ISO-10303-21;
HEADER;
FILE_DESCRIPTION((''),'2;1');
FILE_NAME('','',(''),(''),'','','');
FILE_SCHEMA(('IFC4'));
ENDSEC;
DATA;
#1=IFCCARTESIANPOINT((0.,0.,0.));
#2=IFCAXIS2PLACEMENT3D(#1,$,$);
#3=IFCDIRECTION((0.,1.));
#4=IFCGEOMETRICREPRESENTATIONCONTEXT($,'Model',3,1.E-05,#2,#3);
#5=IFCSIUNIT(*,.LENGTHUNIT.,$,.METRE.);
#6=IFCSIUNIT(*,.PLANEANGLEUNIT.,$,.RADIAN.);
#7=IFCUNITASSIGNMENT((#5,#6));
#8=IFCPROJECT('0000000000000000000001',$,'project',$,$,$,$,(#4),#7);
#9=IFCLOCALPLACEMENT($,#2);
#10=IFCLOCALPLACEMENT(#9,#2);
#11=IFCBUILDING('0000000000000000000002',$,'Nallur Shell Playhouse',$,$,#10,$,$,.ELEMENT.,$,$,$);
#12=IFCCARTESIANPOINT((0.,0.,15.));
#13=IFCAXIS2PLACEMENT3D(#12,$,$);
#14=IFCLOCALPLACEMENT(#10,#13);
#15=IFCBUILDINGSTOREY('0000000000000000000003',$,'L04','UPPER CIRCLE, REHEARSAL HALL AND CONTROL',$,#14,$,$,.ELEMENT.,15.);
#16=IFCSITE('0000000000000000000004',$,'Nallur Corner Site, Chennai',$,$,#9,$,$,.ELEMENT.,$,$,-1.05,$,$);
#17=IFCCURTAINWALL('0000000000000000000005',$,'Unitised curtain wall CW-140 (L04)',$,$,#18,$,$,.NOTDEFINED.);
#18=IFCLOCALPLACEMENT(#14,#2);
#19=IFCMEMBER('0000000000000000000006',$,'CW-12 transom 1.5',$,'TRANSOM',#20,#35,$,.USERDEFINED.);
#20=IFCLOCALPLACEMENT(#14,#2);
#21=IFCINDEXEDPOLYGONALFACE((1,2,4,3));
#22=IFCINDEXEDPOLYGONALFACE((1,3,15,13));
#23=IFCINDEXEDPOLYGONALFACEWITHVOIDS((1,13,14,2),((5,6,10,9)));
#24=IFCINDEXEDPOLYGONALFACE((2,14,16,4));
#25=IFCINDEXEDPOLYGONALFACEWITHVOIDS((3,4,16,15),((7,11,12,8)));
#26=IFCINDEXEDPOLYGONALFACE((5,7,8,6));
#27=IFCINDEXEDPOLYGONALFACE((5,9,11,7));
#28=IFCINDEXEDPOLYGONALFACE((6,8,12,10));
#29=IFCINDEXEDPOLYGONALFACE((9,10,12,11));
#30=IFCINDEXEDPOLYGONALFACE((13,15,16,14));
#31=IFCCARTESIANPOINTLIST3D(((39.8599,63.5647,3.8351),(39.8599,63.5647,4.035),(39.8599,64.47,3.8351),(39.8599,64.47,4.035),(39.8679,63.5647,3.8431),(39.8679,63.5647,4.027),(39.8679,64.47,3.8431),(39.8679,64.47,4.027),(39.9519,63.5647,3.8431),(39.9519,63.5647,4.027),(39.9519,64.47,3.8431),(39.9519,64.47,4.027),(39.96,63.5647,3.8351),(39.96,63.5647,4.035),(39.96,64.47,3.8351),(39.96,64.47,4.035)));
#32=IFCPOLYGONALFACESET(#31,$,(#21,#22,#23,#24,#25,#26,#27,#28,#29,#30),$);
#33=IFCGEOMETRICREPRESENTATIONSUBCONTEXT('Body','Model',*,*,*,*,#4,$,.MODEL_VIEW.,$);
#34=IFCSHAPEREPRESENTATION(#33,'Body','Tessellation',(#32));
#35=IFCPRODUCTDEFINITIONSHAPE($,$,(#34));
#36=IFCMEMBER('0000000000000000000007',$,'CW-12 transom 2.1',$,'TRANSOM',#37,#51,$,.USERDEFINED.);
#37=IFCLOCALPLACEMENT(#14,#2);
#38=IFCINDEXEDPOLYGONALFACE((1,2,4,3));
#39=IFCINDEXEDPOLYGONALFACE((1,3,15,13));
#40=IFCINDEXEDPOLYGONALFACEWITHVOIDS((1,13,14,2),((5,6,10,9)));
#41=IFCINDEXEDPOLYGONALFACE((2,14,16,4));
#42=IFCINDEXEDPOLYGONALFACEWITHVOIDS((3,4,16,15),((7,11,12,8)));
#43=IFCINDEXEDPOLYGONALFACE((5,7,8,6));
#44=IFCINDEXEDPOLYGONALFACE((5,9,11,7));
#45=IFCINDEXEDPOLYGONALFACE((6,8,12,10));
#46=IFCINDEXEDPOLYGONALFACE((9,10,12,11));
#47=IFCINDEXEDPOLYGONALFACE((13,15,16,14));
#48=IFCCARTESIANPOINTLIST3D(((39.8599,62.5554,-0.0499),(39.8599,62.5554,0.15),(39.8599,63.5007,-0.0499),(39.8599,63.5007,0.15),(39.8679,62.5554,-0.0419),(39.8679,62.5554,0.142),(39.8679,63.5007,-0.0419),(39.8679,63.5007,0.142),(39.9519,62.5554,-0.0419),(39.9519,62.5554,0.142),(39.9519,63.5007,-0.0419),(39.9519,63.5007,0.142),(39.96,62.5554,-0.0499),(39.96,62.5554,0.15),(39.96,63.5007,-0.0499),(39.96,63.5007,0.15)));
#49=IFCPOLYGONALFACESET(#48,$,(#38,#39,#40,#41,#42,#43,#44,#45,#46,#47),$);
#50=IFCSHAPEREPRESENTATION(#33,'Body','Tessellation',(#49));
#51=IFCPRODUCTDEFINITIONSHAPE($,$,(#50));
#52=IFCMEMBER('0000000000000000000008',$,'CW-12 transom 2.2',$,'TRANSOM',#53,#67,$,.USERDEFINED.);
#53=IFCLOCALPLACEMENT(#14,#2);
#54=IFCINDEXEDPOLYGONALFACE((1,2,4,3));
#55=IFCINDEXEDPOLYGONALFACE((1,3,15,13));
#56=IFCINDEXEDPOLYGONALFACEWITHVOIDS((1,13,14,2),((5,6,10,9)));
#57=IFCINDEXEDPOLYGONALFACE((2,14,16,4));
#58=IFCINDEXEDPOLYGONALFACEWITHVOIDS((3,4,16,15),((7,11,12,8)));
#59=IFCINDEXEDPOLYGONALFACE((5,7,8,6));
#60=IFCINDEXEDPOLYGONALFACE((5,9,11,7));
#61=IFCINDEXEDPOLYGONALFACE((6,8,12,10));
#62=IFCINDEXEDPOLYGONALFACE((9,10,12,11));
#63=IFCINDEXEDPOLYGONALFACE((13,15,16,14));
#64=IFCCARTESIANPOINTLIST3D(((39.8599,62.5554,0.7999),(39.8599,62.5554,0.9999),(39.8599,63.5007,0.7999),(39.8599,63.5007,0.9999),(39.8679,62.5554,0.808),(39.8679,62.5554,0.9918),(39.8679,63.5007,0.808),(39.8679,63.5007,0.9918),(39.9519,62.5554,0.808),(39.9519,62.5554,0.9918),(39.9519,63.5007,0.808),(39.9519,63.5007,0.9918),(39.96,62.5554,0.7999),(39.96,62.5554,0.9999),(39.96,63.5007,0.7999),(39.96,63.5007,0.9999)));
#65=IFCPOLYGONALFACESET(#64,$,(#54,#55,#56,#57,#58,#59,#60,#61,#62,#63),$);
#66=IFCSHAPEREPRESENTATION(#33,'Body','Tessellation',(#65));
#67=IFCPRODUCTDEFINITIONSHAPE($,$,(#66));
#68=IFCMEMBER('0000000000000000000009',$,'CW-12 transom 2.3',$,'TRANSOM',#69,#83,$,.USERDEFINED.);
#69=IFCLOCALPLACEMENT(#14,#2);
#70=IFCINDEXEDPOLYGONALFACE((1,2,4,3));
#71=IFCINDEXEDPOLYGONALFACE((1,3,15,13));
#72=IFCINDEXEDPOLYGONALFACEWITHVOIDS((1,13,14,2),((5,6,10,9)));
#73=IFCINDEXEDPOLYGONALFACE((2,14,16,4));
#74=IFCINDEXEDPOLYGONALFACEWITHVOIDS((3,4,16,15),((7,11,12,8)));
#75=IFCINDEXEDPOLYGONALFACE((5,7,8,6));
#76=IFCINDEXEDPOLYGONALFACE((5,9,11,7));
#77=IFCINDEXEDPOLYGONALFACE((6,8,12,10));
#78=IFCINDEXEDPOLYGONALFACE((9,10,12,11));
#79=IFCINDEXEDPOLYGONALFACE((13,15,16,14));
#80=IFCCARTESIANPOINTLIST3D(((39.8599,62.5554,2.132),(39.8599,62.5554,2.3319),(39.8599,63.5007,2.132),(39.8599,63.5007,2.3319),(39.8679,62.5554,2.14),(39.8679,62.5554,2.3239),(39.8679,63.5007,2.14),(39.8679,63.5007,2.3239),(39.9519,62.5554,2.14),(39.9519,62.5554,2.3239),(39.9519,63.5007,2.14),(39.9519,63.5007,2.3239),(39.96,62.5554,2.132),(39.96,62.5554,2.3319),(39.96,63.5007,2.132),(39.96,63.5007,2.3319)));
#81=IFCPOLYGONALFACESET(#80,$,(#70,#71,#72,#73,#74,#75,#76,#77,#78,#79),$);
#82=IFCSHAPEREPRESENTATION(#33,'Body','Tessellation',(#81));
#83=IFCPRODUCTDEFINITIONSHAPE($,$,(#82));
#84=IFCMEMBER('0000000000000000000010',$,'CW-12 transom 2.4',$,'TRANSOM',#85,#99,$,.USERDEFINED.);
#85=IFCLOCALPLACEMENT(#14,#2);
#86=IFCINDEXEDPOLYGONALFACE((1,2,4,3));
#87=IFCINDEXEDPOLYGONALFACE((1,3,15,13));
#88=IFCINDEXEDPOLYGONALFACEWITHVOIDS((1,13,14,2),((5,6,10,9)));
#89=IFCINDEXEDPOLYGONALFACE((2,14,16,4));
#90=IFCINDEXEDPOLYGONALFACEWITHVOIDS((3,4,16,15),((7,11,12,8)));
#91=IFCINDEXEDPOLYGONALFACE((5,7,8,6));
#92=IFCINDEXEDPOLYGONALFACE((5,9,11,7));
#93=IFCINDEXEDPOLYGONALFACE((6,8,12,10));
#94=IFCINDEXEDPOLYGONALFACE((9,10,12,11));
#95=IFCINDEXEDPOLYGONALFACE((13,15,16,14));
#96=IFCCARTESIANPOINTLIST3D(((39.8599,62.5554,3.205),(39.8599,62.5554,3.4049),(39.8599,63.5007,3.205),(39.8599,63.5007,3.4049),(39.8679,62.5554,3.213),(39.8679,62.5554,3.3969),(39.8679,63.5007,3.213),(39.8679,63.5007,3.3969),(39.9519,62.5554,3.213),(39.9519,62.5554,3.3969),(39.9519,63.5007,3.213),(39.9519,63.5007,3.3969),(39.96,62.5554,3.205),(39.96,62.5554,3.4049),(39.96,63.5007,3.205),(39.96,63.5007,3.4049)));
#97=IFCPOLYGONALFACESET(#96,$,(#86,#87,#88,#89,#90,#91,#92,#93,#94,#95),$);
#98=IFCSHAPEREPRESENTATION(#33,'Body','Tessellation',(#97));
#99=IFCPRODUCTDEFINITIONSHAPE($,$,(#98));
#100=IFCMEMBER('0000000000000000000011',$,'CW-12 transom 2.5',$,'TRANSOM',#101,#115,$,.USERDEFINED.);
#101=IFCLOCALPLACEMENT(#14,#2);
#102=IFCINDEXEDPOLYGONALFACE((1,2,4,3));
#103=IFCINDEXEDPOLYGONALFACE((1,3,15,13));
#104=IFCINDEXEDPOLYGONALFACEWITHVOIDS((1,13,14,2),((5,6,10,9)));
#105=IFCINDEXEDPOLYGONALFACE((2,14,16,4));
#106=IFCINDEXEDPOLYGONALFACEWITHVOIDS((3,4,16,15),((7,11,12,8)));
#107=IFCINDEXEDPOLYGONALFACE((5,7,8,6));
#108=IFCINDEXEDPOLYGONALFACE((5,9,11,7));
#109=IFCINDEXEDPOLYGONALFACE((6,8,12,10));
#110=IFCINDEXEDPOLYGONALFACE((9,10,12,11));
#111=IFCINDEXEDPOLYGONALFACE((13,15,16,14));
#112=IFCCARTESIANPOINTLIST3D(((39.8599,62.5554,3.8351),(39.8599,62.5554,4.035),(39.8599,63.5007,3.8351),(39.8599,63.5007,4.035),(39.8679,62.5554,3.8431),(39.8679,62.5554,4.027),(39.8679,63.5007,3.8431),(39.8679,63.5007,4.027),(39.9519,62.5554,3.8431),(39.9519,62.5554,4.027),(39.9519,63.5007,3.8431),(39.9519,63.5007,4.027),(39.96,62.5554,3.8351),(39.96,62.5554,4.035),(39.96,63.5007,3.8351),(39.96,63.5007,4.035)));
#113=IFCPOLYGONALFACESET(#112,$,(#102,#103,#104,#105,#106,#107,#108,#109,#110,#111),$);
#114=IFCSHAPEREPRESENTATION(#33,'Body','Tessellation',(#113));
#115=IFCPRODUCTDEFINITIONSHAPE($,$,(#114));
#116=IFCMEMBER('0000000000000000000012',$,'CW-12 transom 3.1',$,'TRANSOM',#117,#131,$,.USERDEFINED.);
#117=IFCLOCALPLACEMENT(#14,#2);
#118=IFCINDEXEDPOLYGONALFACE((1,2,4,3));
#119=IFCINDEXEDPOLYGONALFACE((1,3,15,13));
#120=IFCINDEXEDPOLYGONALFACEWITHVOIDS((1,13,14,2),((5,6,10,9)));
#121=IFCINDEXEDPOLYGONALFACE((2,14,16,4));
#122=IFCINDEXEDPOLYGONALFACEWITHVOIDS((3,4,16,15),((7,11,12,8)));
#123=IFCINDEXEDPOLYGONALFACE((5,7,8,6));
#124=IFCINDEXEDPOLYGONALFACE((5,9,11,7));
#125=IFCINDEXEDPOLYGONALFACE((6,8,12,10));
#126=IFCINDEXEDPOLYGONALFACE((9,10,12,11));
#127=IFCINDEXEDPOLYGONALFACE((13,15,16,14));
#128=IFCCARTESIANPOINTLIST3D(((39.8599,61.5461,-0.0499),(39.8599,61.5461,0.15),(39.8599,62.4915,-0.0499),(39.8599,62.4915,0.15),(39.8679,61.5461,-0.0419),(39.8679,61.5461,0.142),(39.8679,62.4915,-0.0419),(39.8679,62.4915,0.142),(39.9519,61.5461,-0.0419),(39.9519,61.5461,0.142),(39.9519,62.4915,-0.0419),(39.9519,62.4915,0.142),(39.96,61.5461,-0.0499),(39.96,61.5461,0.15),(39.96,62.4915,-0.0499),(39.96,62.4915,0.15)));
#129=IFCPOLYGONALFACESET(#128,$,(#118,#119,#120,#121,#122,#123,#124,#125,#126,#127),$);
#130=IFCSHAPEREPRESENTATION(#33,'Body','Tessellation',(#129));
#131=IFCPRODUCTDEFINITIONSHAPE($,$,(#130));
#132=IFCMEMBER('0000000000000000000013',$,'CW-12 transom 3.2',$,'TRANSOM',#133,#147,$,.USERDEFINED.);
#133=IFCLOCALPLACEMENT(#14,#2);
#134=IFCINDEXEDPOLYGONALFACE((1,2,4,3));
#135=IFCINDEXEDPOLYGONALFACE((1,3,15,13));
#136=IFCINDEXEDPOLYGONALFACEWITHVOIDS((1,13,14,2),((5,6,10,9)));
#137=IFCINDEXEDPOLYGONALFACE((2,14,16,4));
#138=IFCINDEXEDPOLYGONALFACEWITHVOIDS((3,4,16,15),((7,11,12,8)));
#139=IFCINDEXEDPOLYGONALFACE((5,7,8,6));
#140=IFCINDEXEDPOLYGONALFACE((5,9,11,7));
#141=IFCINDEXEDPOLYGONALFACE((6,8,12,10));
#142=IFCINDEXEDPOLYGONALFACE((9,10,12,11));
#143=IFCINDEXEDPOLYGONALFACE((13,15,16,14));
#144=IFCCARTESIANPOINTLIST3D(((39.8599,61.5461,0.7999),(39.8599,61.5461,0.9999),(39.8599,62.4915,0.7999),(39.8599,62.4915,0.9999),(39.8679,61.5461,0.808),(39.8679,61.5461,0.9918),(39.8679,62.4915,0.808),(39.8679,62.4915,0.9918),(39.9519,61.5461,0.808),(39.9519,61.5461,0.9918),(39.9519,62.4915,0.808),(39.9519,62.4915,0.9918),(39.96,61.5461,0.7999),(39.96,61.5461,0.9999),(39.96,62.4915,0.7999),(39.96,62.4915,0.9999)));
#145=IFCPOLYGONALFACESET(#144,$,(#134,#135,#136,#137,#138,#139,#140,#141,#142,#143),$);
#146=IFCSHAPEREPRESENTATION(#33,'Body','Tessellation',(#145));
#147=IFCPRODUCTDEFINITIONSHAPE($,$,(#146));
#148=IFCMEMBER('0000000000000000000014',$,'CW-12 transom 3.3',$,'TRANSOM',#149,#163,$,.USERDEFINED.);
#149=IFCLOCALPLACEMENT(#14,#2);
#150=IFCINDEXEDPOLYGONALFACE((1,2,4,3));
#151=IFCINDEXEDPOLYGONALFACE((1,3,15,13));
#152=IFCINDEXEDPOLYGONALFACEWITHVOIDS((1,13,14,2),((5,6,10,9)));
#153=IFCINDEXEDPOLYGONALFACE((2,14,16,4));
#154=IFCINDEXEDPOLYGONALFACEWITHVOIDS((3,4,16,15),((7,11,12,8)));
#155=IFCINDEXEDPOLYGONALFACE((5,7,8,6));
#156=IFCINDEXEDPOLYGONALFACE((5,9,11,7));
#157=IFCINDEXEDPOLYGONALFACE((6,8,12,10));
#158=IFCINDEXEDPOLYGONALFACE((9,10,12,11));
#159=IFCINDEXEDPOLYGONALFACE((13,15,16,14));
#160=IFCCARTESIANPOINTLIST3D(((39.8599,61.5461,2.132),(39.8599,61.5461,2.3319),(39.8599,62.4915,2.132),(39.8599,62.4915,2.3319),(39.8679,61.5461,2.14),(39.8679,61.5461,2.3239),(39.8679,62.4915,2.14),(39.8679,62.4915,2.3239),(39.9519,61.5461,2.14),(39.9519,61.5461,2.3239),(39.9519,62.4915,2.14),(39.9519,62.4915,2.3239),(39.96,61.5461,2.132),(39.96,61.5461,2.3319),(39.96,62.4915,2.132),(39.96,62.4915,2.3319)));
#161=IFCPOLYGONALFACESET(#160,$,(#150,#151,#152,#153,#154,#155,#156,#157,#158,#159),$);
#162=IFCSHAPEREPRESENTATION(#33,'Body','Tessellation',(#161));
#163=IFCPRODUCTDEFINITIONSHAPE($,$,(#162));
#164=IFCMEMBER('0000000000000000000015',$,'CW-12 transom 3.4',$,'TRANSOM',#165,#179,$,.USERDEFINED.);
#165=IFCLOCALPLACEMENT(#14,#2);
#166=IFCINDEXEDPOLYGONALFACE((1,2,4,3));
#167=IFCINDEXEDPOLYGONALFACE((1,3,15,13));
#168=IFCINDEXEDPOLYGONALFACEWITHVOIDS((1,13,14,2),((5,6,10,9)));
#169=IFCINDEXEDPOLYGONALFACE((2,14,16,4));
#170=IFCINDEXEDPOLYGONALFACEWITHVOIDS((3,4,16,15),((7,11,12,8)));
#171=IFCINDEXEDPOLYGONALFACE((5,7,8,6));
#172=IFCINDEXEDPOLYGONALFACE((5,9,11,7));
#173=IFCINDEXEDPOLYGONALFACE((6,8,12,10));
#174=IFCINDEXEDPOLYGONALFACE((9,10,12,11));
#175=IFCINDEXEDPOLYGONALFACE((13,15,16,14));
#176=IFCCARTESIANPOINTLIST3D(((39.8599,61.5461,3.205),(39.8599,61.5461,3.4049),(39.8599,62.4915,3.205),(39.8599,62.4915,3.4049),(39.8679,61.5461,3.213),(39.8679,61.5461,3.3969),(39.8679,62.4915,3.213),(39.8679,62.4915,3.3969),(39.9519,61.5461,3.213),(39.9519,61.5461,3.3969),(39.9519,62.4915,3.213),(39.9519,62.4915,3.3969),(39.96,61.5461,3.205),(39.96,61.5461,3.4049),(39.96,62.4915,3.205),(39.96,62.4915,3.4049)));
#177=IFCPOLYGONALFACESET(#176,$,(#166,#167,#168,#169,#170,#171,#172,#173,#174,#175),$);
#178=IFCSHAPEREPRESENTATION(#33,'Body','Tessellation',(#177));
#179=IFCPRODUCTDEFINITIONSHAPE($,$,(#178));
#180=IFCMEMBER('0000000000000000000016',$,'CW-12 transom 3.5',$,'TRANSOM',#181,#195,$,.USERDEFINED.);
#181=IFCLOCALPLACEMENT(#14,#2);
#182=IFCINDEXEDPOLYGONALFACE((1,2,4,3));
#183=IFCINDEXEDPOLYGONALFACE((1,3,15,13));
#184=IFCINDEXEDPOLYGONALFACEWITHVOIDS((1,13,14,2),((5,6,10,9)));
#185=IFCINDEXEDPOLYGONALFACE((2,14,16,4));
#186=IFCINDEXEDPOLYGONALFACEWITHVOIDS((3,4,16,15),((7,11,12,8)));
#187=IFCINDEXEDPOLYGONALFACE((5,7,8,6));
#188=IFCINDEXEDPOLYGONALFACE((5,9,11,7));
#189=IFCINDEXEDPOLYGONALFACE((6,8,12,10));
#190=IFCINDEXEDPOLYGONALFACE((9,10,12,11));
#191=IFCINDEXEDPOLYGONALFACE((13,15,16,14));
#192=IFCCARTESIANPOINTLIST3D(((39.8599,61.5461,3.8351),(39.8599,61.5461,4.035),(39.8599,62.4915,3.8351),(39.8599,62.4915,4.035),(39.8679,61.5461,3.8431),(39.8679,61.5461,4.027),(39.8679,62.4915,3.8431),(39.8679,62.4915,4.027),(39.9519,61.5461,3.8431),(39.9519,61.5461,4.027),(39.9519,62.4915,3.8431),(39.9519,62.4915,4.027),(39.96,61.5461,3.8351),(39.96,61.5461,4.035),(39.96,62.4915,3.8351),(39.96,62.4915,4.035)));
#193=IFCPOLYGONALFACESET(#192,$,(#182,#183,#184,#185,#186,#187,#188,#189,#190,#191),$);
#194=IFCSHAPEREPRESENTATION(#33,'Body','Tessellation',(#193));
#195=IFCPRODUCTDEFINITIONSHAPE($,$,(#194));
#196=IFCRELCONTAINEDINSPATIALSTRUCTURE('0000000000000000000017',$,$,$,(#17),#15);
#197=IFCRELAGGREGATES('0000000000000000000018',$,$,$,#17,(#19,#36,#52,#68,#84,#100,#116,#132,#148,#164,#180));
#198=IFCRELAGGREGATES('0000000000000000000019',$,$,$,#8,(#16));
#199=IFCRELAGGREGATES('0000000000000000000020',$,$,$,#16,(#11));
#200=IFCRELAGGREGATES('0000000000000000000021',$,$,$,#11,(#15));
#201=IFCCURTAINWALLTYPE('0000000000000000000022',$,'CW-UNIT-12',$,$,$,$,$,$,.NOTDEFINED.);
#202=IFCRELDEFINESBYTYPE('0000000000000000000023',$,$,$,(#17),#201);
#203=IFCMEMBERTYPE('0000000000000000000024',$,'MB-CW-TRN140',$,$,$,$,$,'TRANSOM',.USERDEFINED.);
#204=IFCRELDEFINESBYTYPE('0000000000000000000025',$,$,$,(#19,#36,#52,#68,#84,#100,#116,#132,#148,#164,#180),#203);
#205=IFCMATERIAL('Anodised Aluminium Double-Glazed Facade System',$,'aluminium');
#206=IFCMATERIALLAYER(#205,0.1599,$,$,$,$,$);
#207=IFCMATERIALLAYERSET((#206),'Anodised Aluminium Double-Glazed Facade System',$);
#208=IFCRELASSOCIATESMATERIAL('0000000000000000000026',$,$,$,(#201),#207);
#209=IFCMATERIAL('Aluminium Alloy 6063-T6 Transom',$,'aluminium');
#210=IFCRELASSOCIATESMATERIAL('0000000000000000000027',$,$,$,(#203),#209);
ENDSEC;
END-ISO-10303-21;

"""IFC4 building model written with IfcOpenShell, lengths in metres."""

from ifc_helpers import new_model, si_unit, direction, frame, origin, origin_2d, place, context, subcontext, project, spatial, hollow_rectangle, extrude, material, layer, layer_set, material_profile, profile_set, type_object, element, aggregate, save


model = new_model("IFC4")

# Units and contexts
model_context = context("Model", 3, precision=1e-05, world=origin(), true_north=direction((0.0, 1.0)))
body_context = subcontext(model_context, "Body", "Model", "MODEL_VIEW")
ifc_project = project(units=[si_unit("LENGTHUNIT", "METRE"), si_unit("PLANEANGLEUNIT", "RADIAN")], contexts=[model_context])

# Site, building, storey
site_placement = place(None, origin())
site = spatial("IfcSite", under=ifc_project, at=site_placement, Name="Nallur Corner Site, Chennai", CompositionType="ELEMENT", RefElevation=-1.05)
building_placement = place(site_placement, origin())
building = spatial("IfcBuilding", under=site, at=building_placement, Name="Nallur Shell Playhouse", CompositionType="ELEMENT")
storey_placement = place(building_placement, frame((0.0, 0.0, 15.0)))
storey = spatial("IfcBuildingStorey", under=building, at=storey_placement, Name="L04", Description="UPPER CIRCLE, REHEARSAL HALL AND CONTROL", CompositionType="ELEMENT", Elevation=15.0)

# Curtain wall
ifc_material_1 = material(Name="Anodised Aluminium Double-Glazed Facade System", Category="aluminium")
ifc_layer_1 = layer(ifc_material_1, 0.1599)
ifc_layer_set_1 = layer_set([ifc_layer_1], Name="Anodised Aluminium Double-Glazed Facade System")
curtain_wall_type_1 = type_object("IfcCurtainWallType", Name="CW-UNIT-12", PredefinedType="NOTDEFINED", material=ifc_layer_set_1)
curtain_wall_1_placement = place(storey_placement, origin())
curtain_wall_1 = element("IfcCurtainWall", 1, at=curtain_wall_1_placement, inside=storey, type_object=curtain_wall_type_1, Name="Unitised curtain wall CW-140 (L04)", PredefinedType="NOTDEFINED")

# Members
ifc_material_2 = material(Name="Aluminium Alloy 6063-T6 Transom", Category="aluminium")
ifc_material_profile_1 = material_profile(ifc_material_2, hollow_rectangle(XDim=0.1001, YDim=0.2, WallThickness=0.0081, at=origin_2d()), Name="RHS 200x100x8")
ifc_profile_set_1 = profile_set([ifc_material_profile_1], Name="Aluminium Alloy 6063-T6 Transom")
member_type_1 = type_object("IfcMemberType", Name="MB-CW-TRN140", ElementType="TRANSOM", PredefinedType="USERDEFINED", material=ifc_profile_set_1)
member_1_placement = place(storey_placement, frame((39.9099, 64.47, 3.9351), z_axis=(0.0, -1.0, 0.0), x_axis=(1.0, 0.0, 0.0)))
member_1 = element("IfcMember", 2, at=member_1_placement, type_object=member_type_1, Name="CW-12 transom 1.5", ObjectType="TRANSOM", PredefinedType="USERDEFINED", context=body_context, shape_type="SweptSolid", body=[
    extrude(hollow_rectangle(XDim=0.1001, YDim=0.2, WallThickness=0.0081, at=origin_2d()), origin(), (0.0, 0.0, 1.0), 0.9053),
])
member_2_placement = place(storey_placement, frame((39.9099, 63.5007, 0.05), z_axis=(0.0, -1.0, 0.0), x_axis=(1.0, 0.0, 0.0)))
member_2 = element("IfcMember", 3, at=member_2_placement, type_object=member_type_1, Name="CW-12 transom 2.1", ObjectType="TRANSOM", PredefinedType="USERDEFINED", context=body_context, shape_type="SweptSolid", body=[
    extrude(hollow_rectangle(XDim=0.1001, YDim=0.2, WallThickness=0.0081, at=origin_2d()), origin(), (0.0, 0.0, 1.0), 0.9453),
])
member_3_placement = place(storey_placement, frame((39.9099, 63.5007, 0.8999), z_axis=(0.0, -1.0, 0.0), x_axis=(1.0, 0.0, 0.0)))
member_3 = element("IfcMember", 4, at=member_3_placement, type_object=member_type_1, Name="CW-12 transom 2.2", ObjectType="TRANSOM", PredefinedType="USERDEFINED", context=body_context, shape_type="SweptSolid", body=[
    extrude(hollow_rectangle(XDim=0.1001, YDim=0.2, WallThickness=0.0081, at=origin_2d()), origin(), (0.0, 0.0, 1.0), 0.9453),
])
member_4_placement = place(storey_placement, frame((39.9099, 63.5007, 2.2319), z_axis=(0.0, -1.0, 0.0), x_axis=(1.0, 0.0, 0.0)))
member_4 = element("IfcMember", 5, at=member_4_placement, type_object=member_type_1, Name="CW-12 transom 2.3", ObjectType="TRANSOM", PredefinedType="USERDEFINED", context=body_context, shape_type="SweptSolid", body=[
    extrude(hollow_rectangle(XDim=0.1001, YDim=0.2, WallThickness=0.0081, at=origin_2d()), origin(), (0.0, 0.0, 1.0), 0.9453),
])
member_5_placement = place(storey_placement, frame((39.9099, 63.5007, 3.3049), z_axis=(0.0, -1.0, 0.0), x_axis=(1.0, 0.0, 0.0)))
member_5 = element("IfcMember", 6, at=member_5_placement, type_object=member_type_1, Name="CW-12 transom 2.4", ObjectType="TRANSOM", PredefinedType="USERDEFINED", context=body_context, shape_type="SweptSolid", body=[
    extrude(hollow_rectangle(XDim=0.1001, YDim=0.2, WallThickness=0.0081, at=origin_2d()), origin(), (0.0, 0.0, 1.0), 0.9453),
])
member_6_placement = place(storey_placement, frame((39.9099, 63.5007, 3.9351), z_axis=(0.0, -1.0, 0.0), x_axis=(1.0, 0.0, 0.0)))
member_6 = element("IfcMember", 7, at=member_6_placement, type_object=member_type_1, Name="CW-12 transom 2.5", ObjectType="TRANSOM", PredefinedType="USERDEFINED", context=body_context, shape_type="SweptSolid", body=[
    extrude(hollow_rectangle(XDim=0.1001, YDim=0.2, WallThickness=0.0081, at=origin_2d()), origin(), (0.0, 0.0, 1.0), 0.9453),
])
member_7_placement = place(storey_placement, frame((39.9099, 62.4915, 0.05), z_axis=(0.0, -1.0, 0.0), x_axis=(1.0, 0.0, 0.0)))
member_7 = element("IfcMember", 8, at=member_7_placement, type_object=member_type_1, Name="CW-12 transom 3.1", ObjectType="TRANSOM", PredefinedType="USERDEFINED", context=body_context, shape_type="SweptSolid", body=[
    extrude(hollow_rectangle(XDim=0.1001, YDim=0.2, WallThickness=0.0081, at=origin_2d()), origin(), (0.0, 0.0, 1.0), 0.9453),
])
member_8_placement = place(storey_placement, frame((39.9099, 62.4915, 0.8999), z_axis=(0.0, -1.0, 0.0), x_axis=(1.0, 0.0, 0.0)))
member_8 = element("IfcMember", 9, at=member_8_placement, type_object=member_type_1, Name="CW-12 transom 3.2", ObjectType="TRANSOM", PredefinedType="USERDEFINED", context=body_context, shape_type="SweptSolid", body=[
    extrude(hollow_rectangle(XDim=0.1001, YDim=0.2, WallThickness=0.0081, at=origin_2d()), origin(), (0.0, 0.0, 1.0), 0.9453),
])
member_9_placement = place(storey_placement, frame((39.9099, 62.4915, 2.2319), z_axis=(0.0, -1.0, 0.0), x_axis=(1.0, 0.0, 0.0)))
member_9 = element("IfcMember", 10, at=member_9_placement, type_object=member_type_1, Name="CW-12 transom 3.3", ObjectType="TRANSOM", PredefinedType="USERDEFINED", context=body_context, shape_type="SweptSolid", body=[
    extrude(hollow_rectangle(XDim=0.1001, YDim=0.2, WallThickness=0.0081, at=origin_2d()), origin(), (0.0, 0.0, 1.0), 0.9453),
])
member_10_placement = place(storey_placement, frame((39.9099, 62.4915, 3.3049), z_axis=(0.0, -1.0, 0.0), x_axis=(1.0, 0.0, 0.0)))
member_10 = element("IfcMember", 11, at=member_10_placement, type_object=member_type_1, Name="CW-12 transom 3.4", ObjectType="TRANSOM", PredefinedType="USERDEFINED", context=body_context, shape_type="SweptSolid", body=[
    extrude(hollow_rectangle(XDim=0.1001, YDim=0.2, WallThickness=0.0081, at=origin_2d()), origin(), (0.0, 0.0, 1.0), 0.9453),
])
member_11_placement = place(storey_placement, frame((39.9099, 62.4915, 3.9351), z_axis=(0.0, -1.0, 0.0), x_axis=(1.0, 0.0, 0.0)))
member_11 = element("IfcMember", 12, at=member_11_placement, type_object=member_type_1, Name="CW-12 transom 3.5", ObjectType="TRANSOM", PredefinedType="USERDEFINED", context=body_context, shape_type="SweptSolid", body=[
    extrude(hollow_rectangle(XDim=0.1001, YDim=0.2, WallThickness=0.0081, at=origin_2d()), origin(), (0.0, 0.0, 1.0), 0.9453),
])

aggregate(curtain_wall_1, [member_1, member_2, member_3, member_4, member_5, member_6, member_7, member_8, member_9, member_10, member_11])

save(model, "model.ifc")
